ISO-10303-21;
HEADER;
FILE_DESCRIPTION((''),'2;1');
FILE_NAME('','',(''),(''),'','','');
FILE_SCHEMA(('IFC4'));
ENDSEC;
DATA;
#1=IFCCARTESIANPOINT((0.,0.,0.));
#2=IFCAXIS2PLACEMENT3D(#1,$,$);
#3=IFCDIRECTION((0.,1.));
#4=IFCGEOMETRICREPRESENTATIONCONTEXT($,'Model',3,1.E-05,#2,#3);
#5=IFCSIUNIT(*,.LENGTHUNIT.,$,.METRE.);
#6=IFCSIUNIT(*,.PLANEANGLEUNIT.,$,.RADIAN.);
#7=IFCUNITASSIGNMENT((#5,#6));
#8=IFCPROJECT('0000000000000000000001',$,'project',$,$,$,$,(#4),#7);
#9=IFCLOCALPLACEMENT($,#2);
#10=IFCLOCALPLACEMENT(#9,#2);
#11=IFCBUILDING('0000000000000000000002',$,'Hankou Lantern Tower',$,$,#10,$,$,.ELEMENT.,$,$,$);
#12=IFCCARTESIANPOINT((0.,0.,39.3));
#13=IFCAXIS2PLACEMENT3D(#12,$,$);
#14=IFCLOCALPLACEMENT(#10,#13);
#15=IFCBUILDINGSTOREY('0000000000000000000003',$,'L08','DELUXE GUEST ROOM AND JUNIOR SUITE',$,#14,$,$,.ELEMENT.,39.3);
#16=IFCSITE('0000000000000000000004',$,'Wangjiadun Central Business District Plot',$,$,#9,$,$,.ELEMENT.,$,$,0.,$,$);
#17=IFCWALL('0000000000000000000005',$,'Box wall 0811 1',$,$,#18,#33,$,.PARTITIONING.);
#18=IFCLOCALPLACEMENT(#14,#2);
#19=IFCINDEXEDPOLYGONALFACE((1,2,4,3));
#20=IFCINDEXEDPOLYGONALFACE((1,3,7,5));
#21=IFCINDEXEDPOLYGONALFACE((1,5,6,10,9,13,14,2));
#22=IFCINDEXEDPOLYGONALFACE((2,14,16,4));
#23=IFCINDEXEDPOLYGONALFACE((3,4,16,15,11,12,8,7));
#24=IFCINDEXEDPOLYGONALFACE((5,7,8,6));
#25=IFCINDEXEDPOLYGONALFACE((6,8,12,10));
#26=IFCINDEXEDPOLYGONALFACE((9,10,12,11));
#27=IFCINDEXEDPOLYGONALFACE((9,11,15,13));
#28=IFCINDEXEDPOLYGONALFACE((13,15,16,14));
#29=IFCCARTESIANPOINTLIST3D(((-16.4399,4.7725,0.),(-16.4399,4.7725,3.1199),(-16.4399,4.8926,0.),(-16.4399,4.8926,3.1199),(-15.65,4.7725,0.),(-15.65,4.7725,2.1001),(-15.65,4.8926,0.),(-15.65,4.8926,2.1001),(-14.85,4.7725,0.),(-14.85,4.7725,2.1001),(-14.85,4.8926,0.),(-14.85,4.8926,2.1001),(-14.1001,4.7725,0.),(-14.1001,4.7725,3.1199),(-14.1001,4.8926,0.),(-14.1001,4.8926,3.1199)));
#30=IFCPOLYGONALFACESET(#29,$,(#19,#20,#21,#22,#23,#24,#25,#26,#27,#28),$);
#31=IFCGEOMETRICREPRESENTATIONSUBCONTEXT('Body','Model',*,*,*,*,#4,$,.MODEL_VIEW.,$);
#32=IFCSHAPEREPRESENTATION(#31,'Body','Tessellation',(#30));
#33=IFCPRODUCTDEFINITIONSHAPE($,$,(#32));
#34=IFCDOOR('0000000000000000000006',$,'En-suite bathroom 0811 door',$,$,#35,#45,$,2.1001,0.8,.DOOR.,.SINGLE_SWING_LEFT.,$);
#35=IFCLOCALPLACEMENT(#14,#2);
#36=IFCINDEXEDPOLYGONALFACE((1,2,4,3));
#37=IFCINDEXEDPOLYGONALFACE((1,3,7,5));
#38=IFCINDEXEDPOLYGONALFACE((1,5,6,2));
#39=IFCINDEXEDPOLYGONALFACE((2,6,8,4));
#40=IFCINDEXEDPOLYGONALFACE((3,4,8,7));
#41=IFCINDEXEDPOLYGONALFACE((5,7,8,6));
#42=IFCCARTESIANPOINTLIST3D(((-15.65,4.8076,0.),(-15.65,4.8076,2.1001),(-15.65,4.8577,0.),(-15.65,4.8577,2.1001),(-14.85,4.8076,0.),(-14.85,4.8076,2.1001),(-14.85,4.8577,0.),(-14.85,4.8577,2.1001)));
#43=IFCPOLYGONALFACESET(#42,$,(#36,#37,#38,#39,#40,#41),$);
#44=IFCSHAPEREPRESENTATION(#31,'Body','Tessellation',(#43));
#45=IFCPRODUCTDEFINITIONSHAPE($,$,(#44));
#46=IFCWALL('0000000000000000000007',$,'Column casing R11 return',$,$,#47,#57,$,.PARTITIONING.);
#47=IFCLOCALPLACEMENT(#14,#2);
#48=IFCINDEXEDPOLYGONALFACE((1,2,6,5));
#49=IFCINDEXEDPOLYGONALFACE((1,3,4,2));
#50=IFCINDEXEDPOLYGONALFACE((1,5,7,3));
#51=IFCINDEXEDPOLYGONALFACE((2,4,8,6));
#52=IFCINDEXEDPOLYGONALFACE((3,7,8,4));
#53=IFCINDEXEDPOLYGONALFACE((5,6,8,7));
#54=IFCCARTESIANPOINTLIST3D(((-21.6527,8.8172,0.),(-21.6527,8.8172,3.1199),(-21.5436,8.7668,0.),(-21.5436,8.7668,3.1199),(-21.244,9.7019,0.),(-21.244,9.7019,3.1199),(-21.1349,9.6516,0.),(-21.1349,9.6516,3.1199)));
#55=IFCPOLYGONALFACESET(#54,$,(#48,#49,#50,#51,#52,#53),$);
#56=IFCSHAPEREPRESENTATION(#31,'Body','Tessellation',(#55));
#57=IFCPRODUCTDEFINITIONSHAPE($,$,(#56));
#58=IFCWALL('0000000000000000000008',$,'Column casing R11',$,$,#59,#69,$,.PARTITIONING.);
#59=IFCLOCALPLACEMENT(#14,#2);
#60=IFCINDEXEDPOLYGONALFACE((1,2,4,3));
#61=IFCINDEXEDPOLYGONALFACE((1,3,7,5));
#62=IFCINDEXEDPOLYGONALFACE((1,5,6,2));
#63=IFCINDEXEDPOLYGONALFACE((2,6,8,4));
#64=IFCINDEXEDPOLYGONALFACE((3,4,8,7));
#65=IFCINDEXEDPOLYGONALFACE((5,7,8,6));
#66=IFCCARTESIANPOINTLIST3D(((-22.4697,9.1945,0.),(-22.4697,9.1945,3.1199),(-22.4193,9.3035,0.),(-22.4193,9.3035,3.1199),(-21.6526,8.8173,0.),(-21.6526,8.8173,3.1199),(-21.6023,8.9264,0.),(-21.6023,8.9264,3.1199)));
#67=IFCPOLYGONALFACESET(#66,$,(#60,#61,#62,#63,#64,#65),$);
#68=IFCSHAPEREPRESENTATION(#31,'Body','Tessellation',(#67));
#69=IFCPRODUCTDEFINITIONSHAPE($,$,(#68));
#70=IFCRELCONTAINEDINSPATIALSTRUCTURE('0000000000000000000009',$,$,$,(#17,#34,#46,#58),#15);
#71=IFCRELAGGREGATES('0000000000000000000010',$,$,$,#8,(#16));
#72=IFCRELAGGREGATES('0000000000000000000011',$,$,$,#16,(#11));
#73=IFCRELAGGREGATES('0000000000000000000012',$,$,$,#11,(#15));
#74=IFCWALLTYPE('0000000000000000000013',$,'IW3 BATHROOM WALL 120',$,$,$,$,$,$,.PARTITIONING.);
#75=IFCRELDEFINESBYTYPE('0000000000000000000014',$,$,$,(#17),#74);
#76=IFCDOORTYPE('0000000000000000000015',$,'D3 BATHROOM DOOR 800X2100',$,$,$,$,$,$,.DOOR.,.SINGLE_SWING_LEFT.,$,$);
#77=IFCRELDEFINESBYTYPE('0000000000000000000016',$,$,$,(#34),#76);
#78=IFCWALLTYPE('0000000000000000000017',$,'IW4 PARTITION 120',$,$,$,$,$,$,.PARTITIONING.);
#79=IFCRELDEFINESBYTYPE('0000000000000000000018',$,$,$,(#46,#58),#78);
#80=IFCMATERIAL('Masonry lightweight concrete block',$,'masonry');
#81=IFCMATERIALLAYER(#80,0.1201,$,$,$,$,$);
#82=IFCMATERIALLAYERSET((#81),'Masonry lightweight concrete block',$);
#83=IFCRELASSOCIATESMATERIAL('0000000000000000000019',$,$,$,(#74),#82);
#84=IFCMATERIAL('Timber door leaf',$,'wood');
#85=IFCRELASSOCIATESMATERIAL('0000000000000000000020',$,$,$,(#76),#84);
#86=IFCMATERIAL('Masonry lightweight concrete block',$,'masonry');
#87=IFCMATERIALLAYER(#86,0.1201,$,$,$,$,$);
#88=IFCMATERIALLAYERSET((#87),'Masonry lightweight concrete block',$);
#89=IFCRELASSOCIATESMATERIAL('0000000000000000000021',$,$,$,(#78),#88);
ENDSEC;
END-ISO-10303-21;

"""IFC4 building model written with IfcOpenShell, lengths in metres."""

from ifc_helpers import new_model, si_unit, direction, frame, frame_2d, origin, place, context, subcontext, project, spatial, rectangle, extrude, material, layer, layer_set, type_object, element, fill, save


model = new_model("IFC4")

# Units and contexts
model_context = context("Model", 3, precision=1e-05, world=origin(), true_north=direction((0.0, 1.0)))
body_context = subcontext(model_context, "Body", "Model", "MODEL_VIEW")
ifc_project = project(units=[si_unit("LENGTHUNIT", "METRE"), si_unit("PLANEANGLEUNIT", "RADIAN")], contexts=[model_context])

# Site, building, storey
site_placement = place(None, origin())
site = spatial("IfcSite", under=ifc_project, at=site_placement, Name="Wangjiadun Central Business District Plot", CompositionType="ELEMENT", RefElevation=0.0)
building_placement = place(site_placement, origin())
building = spatial("IfcBuilding", under=site, at=building_placement, Name="Hankou Lantern Tower", CompositionType="ELEMENT")
storey_placement = place(building_placement, frame((0.0, 0.0, 39.3)))
storey = spatial("IfcBuildingStorey", under=building, at=storey_placement, Name="L08", Description="DELUXE GUEST ROOM AND JUNIOR SUITE", CompositionType="ELEMENT", Elevation=39.3)

# Shared definitions
ifc_material_1 = material(Name="Masonry lightweight concrete block", Category="masonry")
ifc_layer_1 = layer(ifc_material_1, 0.1201)
ifc_layer_set_1 = layer_set([ifc_layer_1], Name="Masonry lightweight concrete block")
wall_type_1 = type_object("IfcWallType", Name="IW3 BATHROOM WALL 120", PredefinedType="PARTITIONING", material=ifc_layer_set_1)

# Shared definitions
ifc_material_2 = material(Name="Timber door leaf", Category="wood")
door_type_1 = type_object("IfcDoorType", Name="D3 BATHROOM DOOR 800X2100", OperationType="SINGLE_SWING_LEFT", PredefinedType="DOOR", material=ifc_material_2)

# Wall, opening, door
wall_1_placement = place(storey_placement, frame((-14.1001, 4.8325, 0.0), z_axis=(0.0, 0.0, 1.0), x_axis=(-1.0, 0.0, 0.0)))
wall_1 = element("IfcWall", 1, at=wall_1_placement, inside=storey, type_object=wall_type_1, Name="Box wall 0811 1", PredefinedType="PARTITIONING", context=body_context, shape_type="SweptSolid", body=[
    extrude(rectangle(XDim=2.3398, YDim=0.1201, at=frame_2d((1.1699, 0.0))), origin(), (0.0, 0.0, 1.0), 3.1199),
])
opening_1_placement = place(wall_1_placement, frame((0.75, 0.0, 0.0)))
opening_1 = element("IfcOpeningElement", 2, at=opening_1_placement, cuts=wall_1, PredefinedType="OPENING", context=body_context, shape_type="SweptSolid", body=[
    extrude(rectangle(XDim=0.8, YDim=2.1001, at=frame_2d((0.3999, 1.05))), frame((0.0, 0.0701, 0.0), z_axis=(0.0, -1.0, 0.0), x_axis=(1.0, 0.0, 0.0)), (0.0, 0.0, 1.0), 0.1401),
])
door_1_placement = place(opening_1_placement, origin())
door_1 = element("IfcDoor", 3, at=door_1_placement, inside=storey, type_object=door_type_1, Name="En-suite bathroom 0811 door", OperationType="SINGLE_SWING_LEFT", OverallHeight=2.1001, OverallWidth=0.8, PredefinedType="DOOR", context=body_context, shape_type="SweptSolid", body=[
    extrude(rectangle(XDim=0.8, YDim=2.1001, at=frame_2d((0.3999, 1.05))), frame((0.0, 0.0249, 0.0), z_axis=(0.0, -1.0, 0.0), x_axis=(1.0, 0.0, 0.0)), (0.0, 0.0, 1.0), 0.05),
])
fill(opening_1, door_1)

# Walls
ifc_material_3 = material(Name="Masonry lightweight concrete block", Category="masonry")
ifc_layer_2 = layer(ifc_material_3, 0.1201)
ifc_layer_set_2 = layer_set([ifc_layer_2], Name="Masonry lightweight concrete block")
wall_type_2 = type_object("IfcWallType", Name="IW4 PARTITION 120", PredefinedType="PARTITIONING", material=ifc_layer_set_2)
wall_2_placement = place(storey_placement, frame((-21.1895, 9.6768, 0.0), z_axis=(0.0, 0.0, 1.0), x_axis=(-0.419344, -0.907827, 0.0)))
element("IfcWall", 4, at=wall_2_placement, inside=storey, type_object=wall_type_2, Name="Column casing R11 return", PredefinedType="PARTITIONING", context=body_context, shape_type="SweptSolid", body=[
    extrude(rectangle(XDim=0.9746, YDim=0.1201, at=frame_2d((0.4873, 0.0))), origin(), (0.0, 0.0, 1.0), 3.1199),
])
wall_3_placement = place(storey_placement, frame((-21.6274, 8.8718, 0.0), z_axis=(0.0, 0.0, 1.0), x_axis=(-0.907936, 0.41911, 0.0)))
element("IfcWall", 5, at=wall_3_placement, inside=storey, type_object=wall_type_2, Name="Column casing R11", PredefinedType="PARTITIONING", context=body_context, shape_type="SweptSolid", body=[
    extrude(rectangle(XDim=0.8999, YDim=0.1201, at=frame_2d((0.45, 0.0))), origin(), (0.0, 0.0, 1.0), 3.1199),
])

save(model, "model.ifc")
